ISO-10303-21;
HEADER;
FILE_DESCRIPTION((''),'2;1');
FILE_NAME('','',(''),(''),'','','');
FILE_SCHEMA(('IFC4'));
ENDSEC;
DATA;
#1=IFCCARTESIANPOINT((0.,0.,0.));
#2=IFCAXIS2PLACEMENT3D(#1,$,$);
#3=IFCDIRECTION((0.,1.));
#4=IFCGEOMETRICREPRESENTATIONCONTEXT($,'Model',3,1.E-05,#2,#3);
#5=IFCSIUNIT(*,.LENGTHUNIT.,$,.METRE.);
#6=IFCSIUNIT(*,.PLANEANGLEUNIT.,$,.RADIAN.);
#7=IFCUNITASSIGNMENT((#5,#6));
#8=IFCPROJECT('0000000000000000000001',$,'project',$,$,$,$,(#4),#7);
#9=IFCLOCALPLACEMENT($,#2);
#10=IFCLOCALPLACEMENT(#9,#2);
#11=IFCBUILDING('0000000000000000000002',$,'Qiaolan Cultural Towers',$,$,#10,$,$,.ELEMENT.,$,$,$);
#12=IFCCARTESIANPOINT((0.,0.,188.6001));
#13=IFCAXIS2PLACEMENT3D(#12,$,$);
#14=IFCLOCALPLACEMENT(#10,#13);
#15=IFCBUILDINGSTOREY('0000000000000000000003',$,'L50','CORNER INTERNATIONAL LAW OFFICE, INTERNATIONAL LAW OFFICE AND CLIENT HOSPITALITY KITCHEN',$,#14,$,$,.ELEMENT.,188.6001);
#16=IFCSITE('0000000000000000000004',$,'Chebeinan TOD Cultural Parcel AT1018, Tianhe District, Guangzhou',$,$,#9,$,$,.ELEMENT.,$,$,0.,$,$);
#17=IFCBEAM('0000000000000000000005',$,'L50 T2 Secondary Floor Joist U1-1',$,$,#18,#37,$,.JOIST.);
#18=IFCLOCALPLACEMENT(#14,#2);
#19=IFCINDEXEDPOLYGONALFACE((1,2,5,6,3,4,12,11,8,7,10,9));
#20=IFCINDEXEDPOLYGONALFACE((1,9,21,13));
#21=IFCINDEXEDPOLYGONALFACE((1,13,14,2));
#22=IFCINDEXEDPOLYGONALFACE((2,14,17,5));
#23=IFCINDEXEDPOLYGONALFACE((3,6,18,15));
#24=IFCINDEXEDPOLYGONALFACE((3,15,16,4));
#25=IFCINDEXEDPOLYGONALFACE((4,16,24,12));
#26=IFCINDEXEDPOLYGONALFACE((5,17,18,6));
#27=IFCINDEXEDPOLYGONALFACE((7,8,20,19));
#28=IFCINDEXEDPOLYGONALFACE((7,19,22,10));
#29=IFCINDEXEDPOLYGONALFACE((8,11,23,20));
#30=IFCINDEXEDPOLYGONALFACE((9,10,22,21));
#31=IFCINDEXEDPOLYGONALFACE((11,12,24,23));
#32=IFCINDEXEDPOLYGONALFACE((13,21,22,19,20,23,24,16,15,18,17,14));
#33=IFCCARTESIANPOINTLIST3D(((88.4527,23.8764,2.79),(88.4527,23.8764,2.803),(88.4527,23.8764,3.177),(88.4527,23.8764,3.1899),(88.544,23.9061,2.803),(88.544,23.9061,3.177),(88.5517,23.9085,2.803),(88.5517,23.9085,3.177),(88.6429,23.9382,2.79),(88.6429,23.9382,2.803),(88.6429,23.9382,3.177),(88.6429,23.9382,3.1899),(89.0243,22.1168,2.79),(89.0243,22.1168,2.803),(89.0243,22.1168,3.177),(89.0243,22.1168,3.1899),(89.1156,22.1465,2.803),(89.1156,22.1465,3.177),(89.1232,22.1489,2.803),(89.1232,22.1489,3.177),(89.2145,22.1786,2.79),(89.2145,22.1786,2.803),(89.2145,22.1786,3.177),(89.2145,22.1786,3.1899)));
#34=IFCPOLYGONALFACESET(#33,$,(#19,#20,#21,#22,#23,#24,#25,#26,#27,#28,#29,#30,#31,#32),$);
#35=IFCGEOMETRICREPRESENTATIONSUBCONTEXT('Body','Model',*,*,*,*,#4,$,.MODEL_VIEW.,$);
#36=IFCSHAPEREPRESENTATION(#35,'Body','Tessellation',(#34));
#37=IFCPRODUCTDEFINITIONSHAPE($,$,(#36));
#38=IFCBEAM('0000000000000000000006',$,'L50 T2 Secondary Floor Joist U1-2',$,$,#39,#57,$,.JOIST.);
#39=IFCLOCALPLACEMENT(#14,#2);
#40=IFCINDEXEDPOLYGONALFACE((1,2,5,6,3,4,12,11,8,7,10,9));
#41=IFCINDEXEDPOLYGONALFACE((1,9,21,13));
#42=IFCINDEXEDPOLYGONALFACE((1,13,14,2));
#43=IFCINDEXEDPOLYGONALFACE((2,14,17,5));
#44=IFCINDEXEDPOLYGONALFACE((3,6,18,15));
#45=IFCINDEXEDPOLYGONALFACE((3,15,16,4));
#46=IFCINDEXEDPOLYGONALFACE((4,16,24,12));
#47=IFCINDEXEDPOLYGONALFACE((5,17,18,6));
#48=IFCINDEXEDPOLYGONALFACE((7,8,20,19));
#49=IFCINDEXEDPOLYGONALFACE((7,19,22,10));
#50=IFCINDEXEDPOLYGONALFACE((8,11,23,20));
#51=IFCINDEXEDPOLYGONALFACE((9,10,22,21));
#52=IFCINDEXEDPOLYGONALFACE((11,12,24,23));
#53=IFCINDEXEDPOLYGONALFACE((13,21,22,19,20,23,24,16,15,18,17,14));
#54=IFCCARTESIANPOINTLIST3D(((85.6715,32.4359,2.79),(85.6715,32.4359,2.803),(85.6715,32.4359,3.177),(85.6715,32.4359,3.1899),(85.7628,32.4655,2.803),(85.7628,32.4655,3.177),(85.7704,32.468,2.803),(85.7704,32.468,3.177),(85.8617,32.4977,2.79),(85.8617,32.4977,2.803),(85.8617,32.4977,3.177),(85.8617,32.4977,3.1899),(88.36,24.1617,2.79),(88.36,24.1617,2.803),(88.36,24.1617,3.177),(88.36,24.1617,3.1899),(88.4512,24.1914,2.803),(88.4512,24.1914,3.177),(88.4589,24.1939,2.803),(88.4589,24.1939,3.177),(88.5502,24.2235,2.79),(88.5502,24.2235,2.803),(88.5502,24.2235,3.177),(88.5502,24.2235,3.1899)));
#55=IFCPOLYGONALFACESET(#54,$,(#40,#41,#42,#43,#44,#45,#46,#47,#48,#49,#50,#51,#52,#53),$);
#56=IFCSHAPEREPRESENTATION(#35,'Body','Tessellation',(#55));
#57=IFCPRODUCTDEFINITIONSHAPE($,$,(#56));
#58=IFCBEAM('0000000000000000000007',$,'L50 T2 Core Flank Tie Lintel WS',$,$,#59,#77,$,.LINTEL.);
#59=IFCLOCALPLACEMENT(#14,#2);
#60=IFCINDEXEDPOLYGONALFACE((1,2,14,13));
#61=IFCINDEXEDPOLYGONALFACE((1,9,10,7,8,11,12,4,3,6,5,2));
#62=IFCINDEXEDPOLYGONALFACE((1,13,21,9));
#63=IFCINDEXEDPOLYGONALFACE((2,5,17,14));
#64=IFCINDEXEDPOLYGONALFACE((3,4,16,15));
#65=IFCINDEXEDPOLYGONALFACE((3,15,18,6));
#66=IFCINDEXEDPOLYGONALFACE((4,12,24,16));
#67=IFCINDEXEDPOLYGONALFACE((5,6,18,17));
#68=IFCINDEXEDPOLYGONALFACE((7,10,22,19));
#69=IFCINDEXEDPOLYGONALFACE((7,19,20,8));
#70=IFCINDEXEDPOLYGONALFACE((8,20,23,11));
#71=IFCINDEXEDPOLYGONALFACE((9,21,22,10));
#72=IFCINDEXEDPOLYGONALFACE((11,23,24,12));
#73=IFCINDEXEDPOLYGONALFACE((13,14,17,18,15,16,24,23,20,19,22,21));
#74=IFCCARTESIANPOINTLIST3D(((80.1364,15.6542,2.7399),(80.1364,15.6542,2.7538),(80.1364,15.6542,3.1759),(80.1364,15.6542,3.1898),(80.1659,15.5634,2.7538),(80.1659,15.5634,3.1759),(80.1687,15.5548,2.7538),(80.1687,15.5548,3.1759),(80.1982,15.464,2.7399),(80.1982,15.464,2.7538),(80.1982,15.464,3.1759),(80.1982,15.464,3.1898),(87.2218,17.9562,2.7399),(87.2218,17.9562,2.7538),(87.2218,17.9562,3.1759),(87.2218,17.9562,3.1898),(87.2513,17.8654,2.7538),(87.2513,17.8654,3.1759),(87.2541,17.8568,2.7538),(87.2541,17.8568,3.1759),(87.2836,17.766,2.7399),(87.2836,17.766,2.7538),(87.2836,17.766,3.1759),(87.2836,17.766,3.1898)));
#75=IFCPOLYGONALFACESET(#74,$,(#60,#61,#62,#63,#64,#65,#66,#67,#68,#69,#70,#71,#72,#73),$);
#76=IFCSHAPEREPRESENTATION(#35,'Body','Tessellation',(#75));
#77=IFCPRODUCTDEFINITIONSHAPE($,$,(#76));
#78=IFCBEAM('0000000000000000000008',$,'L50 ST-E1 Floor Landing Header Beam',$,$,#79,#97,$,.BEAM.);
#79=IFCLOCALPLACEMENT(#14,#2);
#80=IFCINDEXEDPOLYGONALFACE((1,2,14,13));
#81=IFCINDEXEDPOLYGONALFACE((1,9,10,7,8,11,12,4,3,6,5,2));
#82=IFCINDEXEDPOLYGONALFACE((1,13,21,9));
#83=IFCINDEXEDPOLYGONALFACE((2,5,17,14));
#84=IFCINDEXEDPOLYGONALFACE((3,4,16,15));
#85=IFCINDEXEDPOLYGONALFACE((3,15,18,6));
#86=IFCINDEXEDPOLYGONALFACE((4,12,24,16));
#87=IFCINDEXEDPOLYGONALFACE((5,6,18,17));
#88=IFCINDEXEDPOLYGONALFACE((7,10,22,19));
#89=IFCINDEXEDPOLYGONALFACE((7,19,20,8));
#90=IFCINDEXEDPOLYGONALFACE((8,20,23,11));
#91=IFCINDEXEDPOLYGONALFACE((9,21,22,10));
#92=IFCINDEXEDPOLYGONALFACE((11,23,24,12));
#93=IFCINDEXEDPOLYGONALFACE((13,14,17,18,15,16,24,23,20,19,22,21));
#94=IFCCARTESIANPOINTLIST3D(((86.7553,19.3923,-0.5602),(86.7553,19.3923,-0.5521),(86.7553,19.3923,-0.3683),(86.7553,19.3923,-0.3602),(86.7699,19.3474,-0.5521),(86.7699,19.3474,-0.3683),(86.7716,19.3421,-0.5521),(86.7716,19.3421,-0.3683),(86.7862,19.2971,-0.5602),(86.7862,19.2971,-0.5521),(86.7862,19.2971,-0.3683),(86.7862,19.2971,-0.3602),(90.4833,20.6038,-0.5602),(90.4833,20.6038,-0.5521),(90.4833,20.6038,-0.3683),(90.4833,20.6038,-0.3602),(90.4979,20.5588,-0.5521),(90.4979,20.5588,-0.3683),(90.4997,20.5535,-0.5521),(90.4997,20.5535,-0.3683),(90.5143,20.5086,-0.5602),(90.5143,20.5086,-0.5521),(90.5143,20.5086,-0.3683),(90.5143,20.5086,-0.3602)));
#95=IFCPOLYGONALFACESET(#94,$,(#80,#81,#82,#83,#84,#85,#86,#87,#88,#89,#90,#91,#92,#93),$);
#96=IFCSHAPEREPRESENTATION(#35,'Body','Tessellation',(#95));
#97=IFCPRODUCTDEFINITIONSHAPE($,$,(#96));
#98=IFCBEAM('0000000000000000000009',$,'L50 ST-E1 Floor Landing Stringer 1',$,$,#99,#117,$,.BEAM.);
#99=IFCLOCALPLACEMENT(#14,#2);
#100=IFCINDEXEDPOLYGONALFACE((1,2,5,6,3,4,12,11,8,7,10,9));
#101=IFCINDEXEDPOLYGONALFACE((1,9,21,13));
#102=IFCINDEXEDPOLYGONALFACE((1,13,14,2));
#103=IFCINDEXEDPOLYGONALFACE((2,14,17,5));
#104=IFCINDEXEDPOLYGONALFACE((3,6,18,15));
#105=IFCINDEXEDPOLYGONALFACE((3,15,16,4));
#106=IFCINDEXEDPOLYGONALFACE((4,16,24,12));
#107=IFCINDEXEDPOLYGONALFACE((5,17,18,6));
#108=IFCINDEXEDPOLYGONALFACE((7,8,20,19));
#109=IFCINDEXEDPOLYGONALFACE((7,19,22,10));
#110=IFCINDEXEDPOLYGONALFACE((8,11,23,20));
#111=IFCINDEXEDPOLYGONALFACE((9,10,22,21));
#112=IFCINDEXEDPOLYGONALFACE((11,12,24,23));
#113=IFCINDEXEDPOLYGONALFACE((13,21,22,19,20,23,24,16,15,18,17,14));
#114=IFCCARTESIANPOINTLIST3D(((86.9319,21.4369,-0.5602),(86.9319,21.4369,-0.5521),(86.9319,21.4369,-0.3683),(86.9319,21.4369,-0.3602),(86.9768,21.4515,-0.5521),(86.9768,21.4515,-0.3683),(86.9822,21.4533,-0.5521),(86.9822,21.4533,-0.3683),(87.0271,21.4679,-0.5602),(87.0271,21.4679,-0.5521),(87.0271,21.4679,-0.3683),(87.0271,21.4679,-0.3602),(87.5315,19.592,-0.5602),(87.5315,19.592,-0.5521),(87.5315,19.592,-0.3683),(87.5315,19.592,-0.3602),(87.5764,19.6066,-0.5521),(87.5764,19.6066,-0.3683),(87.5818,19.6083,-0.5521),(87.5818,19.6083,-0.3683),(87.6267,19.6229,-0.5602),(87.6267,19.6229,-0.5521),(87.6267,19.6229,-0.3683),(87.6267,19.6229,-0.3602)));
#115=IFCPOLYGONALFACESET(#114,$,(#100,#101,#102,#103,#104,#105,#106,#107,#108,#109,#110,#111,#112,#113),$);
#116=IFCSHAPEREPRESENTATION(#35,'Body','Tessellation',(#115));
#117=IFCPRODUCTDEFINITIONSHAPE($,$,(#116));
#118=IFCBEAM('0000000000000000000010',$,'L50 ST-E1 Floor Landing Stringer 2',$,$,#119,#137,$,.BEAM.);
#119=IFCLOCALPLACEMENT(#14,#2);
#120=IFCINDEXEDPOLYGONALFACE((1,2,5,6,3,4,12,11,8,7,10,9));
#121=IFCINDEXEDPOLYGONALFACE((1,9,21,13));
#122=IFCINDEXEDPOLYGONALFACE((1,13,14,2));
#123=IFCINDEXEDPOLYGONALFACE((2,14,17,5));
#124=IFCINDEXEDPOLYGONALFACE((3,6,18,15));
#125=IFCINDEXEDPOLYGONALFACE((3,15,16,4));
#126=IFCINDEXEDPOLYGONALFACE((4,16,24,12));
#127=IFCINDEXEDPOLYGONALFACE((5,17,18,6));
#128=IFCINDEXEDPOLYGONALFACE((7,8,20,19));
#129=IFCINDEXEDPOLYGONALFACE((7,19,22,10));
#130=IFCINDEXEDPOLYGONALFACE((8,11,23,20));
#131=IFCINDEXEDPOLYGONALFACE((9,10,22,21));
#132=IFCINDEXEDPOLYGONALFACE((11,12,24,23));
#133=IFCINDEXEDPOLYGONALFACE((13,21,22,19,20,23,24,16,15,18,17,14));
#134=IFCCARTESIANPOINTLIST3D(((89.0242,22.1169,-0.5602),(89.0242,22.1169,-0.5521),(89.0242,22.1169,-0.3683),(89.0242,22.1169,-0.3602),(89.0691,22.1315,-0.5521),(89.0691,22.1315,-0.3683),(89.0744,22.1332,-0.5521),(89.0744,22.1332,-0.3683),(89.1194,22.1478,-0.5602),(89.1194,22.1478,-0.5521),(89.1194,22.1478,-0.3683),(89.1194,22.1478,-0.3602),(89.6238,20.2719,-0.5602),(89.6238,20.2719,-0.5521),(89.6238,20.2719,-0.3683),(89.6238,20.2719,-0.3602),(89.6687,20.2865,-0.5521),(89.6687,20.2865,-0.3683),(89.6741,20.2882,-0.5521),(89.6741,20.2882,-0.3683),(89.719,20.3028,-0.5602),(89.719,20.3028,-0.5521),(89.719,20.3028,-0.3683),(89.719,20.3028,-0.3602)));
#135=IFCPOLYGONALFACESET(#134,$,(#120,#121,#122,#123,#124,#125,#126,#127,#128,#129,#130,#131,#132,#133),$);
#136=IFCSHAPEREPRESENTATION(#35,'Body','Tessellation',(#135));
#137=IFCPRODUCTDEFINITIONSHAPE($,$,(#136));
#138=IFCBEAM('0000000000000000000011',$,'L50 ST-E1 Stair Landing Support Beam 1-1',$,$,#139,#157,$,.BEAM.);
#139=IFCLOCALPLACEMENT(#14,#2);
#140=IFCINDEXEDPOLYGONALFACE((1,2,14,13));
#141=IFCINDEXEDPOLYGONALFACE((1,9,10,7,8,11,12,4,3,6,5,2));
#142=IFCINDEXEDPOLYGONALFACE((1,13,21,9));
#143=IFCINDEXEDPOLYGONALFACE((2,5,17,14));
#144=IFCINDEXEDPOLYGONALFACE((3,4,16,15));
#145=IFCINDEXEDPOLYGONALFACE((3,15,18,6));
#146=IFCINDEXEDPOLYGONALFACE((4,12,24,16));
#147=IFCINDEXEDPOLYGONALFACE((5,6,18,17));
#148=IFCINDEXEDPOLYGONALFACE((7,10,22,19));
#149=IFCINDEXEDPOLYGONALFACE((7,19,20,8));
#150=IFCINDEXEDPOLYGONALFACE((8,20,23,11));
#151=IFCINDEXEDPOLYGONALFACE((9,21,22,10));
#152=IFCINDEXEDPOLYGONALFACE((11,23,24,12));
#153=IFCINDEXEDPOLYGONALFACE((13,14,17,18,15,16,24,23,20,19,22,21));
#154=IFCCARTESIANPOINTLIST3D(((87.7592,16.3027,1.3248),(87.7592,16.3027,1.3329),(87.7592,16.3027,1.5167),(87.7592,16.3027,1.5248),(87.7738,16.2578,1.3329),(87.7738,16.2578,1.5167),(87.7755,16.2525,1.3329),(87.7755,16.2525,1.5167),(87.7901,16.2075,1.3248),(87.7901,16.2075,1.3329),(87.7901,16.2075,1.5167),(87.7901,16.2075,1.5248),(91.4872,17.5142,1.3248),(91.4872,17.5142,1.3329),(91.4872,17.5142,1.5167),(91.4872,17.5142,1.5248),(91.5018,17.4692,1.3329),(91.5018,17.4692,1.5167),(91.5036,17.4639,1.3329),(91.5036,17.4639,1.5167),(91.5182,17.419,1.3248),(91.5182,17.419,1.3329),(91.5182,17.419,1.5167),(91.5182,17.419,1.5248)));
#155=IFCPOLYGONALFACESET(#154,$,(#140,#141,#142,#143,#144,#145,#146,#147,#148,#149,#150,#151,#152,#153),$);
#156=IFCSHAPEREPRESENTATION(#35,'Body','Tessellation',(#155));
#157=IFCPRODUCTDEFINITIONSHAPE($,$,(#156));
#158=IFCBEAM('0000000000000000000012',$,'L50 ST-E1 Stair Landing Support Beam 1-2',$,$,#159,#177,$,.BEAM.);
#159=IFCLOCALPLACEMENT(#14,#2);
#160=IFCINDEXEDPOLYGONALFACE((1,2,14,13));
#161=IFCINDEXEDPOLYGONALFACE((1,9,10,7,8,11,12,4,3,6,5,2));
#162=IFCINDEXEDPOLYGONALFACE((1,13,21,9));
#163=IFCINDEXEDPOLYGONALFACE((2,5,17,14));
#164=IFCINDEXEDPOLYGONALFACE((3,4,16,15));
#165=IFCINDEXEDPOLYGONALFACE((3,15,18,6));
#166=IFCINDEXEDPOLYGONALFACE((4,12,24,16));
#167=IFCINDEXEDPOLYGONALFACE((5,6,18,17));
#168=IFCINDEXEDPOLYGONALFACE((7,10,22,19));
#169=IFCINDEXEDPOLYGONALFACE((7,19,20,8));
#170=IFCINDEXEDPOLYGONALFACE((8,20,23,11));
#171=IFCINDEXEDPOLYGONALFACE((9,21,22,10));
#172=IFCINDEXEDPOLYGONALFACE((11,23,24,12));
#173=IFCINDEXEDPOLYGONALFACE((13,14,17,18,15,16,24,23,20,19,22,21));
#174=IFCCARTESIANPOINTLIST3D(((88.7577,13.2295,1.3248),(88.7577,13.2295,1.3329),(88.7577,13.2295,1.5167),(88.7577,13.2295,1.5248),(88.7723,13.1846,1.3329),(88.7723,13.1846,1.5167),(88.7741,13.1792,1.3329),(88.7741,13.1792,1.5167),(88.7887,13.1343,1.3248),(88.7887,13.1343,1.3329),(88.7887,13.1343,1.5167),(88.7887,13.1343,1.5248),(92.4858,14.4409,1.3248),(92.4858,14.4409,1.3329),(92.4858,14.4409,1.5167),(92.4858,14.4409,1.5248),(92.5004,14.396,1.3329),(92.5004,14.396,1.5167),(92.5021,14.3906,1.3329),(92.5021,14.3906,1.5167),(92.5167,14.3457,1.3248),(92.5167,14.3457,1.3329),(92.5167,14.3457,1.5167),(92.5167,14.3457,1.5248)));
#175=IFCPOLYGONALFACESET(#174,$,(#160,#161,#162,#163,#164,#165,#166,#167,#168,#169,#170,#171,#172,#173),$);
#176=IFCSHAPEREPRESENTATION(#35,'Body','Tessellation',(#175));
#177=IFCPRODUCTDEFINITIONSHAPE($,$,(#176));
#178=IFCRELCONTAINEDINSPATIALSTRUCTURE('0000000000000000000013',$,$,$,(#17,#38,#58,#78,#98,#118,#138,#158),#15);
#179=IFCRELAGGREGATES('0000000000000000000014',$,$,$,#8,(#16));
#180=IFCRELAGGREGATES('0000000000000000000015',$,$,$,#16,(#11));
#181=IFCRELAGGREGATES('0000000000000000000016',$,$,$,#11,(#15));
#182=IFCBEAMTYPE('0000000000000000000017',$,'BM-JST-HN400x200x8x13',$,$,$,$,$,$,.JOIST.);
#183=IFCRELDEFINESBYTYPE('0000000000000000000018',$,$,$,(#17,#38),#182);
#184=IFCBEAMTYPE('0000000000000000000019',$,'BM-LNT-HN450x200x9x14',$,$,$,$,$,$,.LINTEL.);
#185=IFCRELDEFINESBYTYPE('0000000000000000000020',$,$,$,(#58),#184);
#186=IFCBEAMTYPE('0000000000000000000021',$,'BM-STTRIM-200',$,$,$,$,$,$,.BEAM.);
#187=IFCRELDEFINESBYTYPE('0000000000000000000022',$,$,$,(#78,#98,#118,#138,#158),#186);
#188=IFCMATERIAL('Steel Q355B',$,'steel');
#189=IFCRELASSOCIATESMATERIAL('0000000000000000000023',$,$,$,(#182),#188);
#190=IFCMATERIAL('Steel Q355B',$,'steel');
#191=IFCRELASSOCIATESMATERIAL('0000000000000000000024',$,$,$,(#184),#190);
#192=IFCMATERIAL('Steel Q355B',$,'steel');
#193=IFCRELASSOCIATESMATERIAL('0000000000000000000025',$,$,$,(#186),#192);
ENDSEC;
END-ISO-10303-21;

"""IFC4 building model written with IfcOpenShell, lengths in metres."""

from ifc_helpers import new_model, si_unit, direction, frame, origin, origin_2d, place, context, subcontext, project, spatial, i_section, extrude, material, material_profile, profile_set, type_object, element, save


model = new_model("IFC4")

# Units and contexts
model_context = context("Model", 3, precision=1e-05, world=origin(), true_north=direction((0.0, 1.0)))
body_context = subcontext(model_context, "Body", "Model", "MODEL_VIEW")
ifc_project = project(units=[si_unit("LENGTHUNIT", "METRE"), si_unit("PLANEANGLEUNIT", "RADIAN")], contexts=[model_context])

# Site, building, storey
site_placement = place(None, origin())
site = spatial("IfcSite", under=ifc_project, at=site_placement, Name="Chebeinan TOD Cultural Parcel AT1018, Tianhe District, Guangzhou", CompositionType="ELEMENT", RefElevation=0.0)
building_placement = place(site_placement, origin())
building = spatial("IfcBuilding", under=site, at=building_placement, Name="Qiaolan Cultural Towers", CompositionType="ELEMENT")
storey_placement = place(building_placement, frame((0.0, 0.0, 188.6001)))
storey = spatial("IfcBuildingStorey", under=building, at=storey_placement, Name="L50", Description="CORNER INTERNATIONAL LAW OFFICE, INTERNATIONAL LAW OFFICE AND CLIENT HOSPITALITY KITCHEN", CompositionType="ELEMENT", Elevation=188.6001)

# Beams
ifc_material_1 = material(Name="Steel Q355B", Category="steel")
ifc_material_profile_1 = material_profile(ifc_material_1, i_section(OverallWidth=0.2, OverallDepth=0.3999, WebThickness=0.0081, FlangeThickness=0.0129, at=origin_2d()), Name="HN400x200x8x13")
ifc_profile_set_1 = profile_set([ifc_material_profile_1], Name="Steel Q355B")
beam_type_1 = type_object("IfcBeamType", Name="BM-JST-HN400x200x8x13", PredefinedType="JOIST", material=ifc_profile_set_1)
beam_1_placement = place(storey_placement, frame((89.1194, 22.1477, 2.99), z_axis=(-0.308934, 0.951084, 0.0), x_axis=(-0.951084, -0.308934, 0.0)))
element("IfcBeam", 1, at=beam_1_placement, inside=storey, type_object=beam_type_1, Name="L50 T2 Secondary Floor Joist U1-1", PredefinedType="JOIST", context=body_context, shape_type="SweptSolid", body=[
    extrude(i_section(OverallWidth=0.2, OverallDepth=0.3999, WebThickness=0.0081, FlangeThickness=0.0129, at=origin_2d()), origin(), (0.0, 0.0, 1.0), 1.8501),
])
beam_2_placement = place(storey_placement, frame((88.4551, 24.1926, 2.99), z_axis=(-0.309021, 0.951055, 0.0), x_axis=(-0.951055, -0.309021, 0.0)))
element("IfcBeam", 2, at=beam_2_placement, inside=storey, type_object=beam_type_1, Name="L50 T2 Secondary Floor Joist U1-2", PredefinedType="JOIST", context=body_context, shape_type="SweptSolid", body=[
    extrude(i_section(OverallWidth=0.2, OverallDepth=0.3999, WebThickness=0.0081, FlangeThickness=0.0129, at=origin_2d()), origin(), (0.0, 0.0, 1.0), 8.7),
])
ifc_material_2 = material(Name="Steel Q355B", Category="steel")
ifc_material_profile_2 = material_profile(ifc_material_2, i_section(OverallWidth=0.2, OverallDepth=0.45, WebThickness=0.009, FlangeThickness=0.0139, at=origin_2d()), Name="HN450x200x9x14")
ifc_profile_set_2 = profile_set([ifc_material_profile_2], Name="Steel Q355B")
beam_type_2 = type_object("IfcBeamType", Name="BM-LNT-HN450x200x9x14", PredefinedType="LINTEL", material=ifc_profile_set_2)
beam_3_placement = place(storey_placement, frame((87.2527, 17.8611, 2.9648), z_axis=(-0.951064, -0.308993, 0.0), x_axis=(0.308993, -0.951064, 0.0)))
element("IfcBeam", 3, at=beam_3_placement, inside=storey, type_object=beam_type_2, Name="L50 T2 Core Flank Tie Lintel WS", PredefinedType="LINTEL", context=body_context, shape_type="SweptSolid", body=[
    extrude(i_section(OverallWidth=0.2, OverallDepth=0.45, WebThickness=0.009, FlangeThickness=0.0139, at=origin_2d()), origin(), (0.0, 0.0, 1.0), 7.45),
])
ifc_material_3 = material(Name="Steel Q355B", Category="steel")
ifc_material_profile_3 = material_profile(ifc_material_3, i_section(OverallWidth=0.1001, OverallDepth=0.2, WebThickness=0.0056, FlangeThickness=0.0081, at=origin_2d()), Name="HN200x100x5.5x8")
ifc_profile_set_3 = profile_set([ifc_material_profile_3], Name="Steel Q355B")
beam_type_3 = type_object("IfcBeamType", Name="BM-STTRIM-200", PredefinedType="BEAM", material=ifc_profile_set_3)
beam_4_placement = place(storey_placement, frame((86.7708, 19.3447, -0.4602), z_axis=(0.951048, 0.309044, 0.0), x_axis=(-0.309044, 0.951048, 0.0)))
element("IfcBeam", 4, at=beam_4_placement, inside=storey, type_object=beam_type_3, Name="L50 ST-E1 Floor Landing Header Beam", PredefinedType="BEAM", context=body_context, shape_type="SweptSolid", body=[
    extrude(i_section(OverallWidth=0.1001, OverallDepth=0.2, WebThickness=0.0056, FlangeThickness=0.0081, at=origin_2d()), origin(), (0.0, 0.0, 1.0), 3.9199),
])
for number, where, z_axis, x_axis, name in (
    (5, (86.9795, 21.4524, -0.4602), (0.309083, -0.951035, 0.0), (0.951035, 0.309083, 0.0), "L50 ST-E1 Floor Landing Stringer 1"),
    (6, (89.0718, 22.1323, -0.4602), (0.309083, -0.951035, 0.0), (0.951035, 0.309083, 0.0), "L50 ST-E1 Floor Landing Stringer 2"),
):
    element("IfcBeam", number, at=place(storey_placement, frame(where, z_axis=z_axis, x_axis=x_axis)), inside=storey, type_object=beam_type_3, Name=name, PredefinedType="BEAM", context=body_context, shape_type="SweptSolid", body=[
        extrude(i_section(OverallWidth=0.1001, OverallDepth=0.2, WebThickness=0.0056, FlangeThickness=0.0081, at=origin_2d()), origin(), (0.0, 0.0, 1.0), 1.9399),
    ])
for number, where, z_axis, x_axis, name in (
    (7, (87.7747, 16.2551, 1.4248), (0.951048, 0.309044, 0.0), (-0.309044, 0.951048, 0.0), "L50 ST-E1 Stair Landing Support Beam 1-1"),
    (8, (88.7732, 13.1819, 1.4248), (0.951048, 0.309044, 0.0), (-0.309044, 0.951048, 0.0), "L50 ST-E1 Stair Landing Support Beam 1-2"),
):
    element("IfcBeam", number, at=place(storey_placement, frame(where, z_axis=z_axis, x_axis=x_axis)), inside=storey, type_object=beam_type_3, Name=name, PredefinedType="BEAM", context=body_context, shape_type="SweptSolid", body=[
        extrude(i_section(OverallWidth=0.1001, OverallDepth=0.2, WebThickness=0.0056, FlangeThickness=0.0081, at=origin_2d()), origin(), (0.0, 0.0, 1.0), 3.9199),
    ])

save(model, "model.ifc")
